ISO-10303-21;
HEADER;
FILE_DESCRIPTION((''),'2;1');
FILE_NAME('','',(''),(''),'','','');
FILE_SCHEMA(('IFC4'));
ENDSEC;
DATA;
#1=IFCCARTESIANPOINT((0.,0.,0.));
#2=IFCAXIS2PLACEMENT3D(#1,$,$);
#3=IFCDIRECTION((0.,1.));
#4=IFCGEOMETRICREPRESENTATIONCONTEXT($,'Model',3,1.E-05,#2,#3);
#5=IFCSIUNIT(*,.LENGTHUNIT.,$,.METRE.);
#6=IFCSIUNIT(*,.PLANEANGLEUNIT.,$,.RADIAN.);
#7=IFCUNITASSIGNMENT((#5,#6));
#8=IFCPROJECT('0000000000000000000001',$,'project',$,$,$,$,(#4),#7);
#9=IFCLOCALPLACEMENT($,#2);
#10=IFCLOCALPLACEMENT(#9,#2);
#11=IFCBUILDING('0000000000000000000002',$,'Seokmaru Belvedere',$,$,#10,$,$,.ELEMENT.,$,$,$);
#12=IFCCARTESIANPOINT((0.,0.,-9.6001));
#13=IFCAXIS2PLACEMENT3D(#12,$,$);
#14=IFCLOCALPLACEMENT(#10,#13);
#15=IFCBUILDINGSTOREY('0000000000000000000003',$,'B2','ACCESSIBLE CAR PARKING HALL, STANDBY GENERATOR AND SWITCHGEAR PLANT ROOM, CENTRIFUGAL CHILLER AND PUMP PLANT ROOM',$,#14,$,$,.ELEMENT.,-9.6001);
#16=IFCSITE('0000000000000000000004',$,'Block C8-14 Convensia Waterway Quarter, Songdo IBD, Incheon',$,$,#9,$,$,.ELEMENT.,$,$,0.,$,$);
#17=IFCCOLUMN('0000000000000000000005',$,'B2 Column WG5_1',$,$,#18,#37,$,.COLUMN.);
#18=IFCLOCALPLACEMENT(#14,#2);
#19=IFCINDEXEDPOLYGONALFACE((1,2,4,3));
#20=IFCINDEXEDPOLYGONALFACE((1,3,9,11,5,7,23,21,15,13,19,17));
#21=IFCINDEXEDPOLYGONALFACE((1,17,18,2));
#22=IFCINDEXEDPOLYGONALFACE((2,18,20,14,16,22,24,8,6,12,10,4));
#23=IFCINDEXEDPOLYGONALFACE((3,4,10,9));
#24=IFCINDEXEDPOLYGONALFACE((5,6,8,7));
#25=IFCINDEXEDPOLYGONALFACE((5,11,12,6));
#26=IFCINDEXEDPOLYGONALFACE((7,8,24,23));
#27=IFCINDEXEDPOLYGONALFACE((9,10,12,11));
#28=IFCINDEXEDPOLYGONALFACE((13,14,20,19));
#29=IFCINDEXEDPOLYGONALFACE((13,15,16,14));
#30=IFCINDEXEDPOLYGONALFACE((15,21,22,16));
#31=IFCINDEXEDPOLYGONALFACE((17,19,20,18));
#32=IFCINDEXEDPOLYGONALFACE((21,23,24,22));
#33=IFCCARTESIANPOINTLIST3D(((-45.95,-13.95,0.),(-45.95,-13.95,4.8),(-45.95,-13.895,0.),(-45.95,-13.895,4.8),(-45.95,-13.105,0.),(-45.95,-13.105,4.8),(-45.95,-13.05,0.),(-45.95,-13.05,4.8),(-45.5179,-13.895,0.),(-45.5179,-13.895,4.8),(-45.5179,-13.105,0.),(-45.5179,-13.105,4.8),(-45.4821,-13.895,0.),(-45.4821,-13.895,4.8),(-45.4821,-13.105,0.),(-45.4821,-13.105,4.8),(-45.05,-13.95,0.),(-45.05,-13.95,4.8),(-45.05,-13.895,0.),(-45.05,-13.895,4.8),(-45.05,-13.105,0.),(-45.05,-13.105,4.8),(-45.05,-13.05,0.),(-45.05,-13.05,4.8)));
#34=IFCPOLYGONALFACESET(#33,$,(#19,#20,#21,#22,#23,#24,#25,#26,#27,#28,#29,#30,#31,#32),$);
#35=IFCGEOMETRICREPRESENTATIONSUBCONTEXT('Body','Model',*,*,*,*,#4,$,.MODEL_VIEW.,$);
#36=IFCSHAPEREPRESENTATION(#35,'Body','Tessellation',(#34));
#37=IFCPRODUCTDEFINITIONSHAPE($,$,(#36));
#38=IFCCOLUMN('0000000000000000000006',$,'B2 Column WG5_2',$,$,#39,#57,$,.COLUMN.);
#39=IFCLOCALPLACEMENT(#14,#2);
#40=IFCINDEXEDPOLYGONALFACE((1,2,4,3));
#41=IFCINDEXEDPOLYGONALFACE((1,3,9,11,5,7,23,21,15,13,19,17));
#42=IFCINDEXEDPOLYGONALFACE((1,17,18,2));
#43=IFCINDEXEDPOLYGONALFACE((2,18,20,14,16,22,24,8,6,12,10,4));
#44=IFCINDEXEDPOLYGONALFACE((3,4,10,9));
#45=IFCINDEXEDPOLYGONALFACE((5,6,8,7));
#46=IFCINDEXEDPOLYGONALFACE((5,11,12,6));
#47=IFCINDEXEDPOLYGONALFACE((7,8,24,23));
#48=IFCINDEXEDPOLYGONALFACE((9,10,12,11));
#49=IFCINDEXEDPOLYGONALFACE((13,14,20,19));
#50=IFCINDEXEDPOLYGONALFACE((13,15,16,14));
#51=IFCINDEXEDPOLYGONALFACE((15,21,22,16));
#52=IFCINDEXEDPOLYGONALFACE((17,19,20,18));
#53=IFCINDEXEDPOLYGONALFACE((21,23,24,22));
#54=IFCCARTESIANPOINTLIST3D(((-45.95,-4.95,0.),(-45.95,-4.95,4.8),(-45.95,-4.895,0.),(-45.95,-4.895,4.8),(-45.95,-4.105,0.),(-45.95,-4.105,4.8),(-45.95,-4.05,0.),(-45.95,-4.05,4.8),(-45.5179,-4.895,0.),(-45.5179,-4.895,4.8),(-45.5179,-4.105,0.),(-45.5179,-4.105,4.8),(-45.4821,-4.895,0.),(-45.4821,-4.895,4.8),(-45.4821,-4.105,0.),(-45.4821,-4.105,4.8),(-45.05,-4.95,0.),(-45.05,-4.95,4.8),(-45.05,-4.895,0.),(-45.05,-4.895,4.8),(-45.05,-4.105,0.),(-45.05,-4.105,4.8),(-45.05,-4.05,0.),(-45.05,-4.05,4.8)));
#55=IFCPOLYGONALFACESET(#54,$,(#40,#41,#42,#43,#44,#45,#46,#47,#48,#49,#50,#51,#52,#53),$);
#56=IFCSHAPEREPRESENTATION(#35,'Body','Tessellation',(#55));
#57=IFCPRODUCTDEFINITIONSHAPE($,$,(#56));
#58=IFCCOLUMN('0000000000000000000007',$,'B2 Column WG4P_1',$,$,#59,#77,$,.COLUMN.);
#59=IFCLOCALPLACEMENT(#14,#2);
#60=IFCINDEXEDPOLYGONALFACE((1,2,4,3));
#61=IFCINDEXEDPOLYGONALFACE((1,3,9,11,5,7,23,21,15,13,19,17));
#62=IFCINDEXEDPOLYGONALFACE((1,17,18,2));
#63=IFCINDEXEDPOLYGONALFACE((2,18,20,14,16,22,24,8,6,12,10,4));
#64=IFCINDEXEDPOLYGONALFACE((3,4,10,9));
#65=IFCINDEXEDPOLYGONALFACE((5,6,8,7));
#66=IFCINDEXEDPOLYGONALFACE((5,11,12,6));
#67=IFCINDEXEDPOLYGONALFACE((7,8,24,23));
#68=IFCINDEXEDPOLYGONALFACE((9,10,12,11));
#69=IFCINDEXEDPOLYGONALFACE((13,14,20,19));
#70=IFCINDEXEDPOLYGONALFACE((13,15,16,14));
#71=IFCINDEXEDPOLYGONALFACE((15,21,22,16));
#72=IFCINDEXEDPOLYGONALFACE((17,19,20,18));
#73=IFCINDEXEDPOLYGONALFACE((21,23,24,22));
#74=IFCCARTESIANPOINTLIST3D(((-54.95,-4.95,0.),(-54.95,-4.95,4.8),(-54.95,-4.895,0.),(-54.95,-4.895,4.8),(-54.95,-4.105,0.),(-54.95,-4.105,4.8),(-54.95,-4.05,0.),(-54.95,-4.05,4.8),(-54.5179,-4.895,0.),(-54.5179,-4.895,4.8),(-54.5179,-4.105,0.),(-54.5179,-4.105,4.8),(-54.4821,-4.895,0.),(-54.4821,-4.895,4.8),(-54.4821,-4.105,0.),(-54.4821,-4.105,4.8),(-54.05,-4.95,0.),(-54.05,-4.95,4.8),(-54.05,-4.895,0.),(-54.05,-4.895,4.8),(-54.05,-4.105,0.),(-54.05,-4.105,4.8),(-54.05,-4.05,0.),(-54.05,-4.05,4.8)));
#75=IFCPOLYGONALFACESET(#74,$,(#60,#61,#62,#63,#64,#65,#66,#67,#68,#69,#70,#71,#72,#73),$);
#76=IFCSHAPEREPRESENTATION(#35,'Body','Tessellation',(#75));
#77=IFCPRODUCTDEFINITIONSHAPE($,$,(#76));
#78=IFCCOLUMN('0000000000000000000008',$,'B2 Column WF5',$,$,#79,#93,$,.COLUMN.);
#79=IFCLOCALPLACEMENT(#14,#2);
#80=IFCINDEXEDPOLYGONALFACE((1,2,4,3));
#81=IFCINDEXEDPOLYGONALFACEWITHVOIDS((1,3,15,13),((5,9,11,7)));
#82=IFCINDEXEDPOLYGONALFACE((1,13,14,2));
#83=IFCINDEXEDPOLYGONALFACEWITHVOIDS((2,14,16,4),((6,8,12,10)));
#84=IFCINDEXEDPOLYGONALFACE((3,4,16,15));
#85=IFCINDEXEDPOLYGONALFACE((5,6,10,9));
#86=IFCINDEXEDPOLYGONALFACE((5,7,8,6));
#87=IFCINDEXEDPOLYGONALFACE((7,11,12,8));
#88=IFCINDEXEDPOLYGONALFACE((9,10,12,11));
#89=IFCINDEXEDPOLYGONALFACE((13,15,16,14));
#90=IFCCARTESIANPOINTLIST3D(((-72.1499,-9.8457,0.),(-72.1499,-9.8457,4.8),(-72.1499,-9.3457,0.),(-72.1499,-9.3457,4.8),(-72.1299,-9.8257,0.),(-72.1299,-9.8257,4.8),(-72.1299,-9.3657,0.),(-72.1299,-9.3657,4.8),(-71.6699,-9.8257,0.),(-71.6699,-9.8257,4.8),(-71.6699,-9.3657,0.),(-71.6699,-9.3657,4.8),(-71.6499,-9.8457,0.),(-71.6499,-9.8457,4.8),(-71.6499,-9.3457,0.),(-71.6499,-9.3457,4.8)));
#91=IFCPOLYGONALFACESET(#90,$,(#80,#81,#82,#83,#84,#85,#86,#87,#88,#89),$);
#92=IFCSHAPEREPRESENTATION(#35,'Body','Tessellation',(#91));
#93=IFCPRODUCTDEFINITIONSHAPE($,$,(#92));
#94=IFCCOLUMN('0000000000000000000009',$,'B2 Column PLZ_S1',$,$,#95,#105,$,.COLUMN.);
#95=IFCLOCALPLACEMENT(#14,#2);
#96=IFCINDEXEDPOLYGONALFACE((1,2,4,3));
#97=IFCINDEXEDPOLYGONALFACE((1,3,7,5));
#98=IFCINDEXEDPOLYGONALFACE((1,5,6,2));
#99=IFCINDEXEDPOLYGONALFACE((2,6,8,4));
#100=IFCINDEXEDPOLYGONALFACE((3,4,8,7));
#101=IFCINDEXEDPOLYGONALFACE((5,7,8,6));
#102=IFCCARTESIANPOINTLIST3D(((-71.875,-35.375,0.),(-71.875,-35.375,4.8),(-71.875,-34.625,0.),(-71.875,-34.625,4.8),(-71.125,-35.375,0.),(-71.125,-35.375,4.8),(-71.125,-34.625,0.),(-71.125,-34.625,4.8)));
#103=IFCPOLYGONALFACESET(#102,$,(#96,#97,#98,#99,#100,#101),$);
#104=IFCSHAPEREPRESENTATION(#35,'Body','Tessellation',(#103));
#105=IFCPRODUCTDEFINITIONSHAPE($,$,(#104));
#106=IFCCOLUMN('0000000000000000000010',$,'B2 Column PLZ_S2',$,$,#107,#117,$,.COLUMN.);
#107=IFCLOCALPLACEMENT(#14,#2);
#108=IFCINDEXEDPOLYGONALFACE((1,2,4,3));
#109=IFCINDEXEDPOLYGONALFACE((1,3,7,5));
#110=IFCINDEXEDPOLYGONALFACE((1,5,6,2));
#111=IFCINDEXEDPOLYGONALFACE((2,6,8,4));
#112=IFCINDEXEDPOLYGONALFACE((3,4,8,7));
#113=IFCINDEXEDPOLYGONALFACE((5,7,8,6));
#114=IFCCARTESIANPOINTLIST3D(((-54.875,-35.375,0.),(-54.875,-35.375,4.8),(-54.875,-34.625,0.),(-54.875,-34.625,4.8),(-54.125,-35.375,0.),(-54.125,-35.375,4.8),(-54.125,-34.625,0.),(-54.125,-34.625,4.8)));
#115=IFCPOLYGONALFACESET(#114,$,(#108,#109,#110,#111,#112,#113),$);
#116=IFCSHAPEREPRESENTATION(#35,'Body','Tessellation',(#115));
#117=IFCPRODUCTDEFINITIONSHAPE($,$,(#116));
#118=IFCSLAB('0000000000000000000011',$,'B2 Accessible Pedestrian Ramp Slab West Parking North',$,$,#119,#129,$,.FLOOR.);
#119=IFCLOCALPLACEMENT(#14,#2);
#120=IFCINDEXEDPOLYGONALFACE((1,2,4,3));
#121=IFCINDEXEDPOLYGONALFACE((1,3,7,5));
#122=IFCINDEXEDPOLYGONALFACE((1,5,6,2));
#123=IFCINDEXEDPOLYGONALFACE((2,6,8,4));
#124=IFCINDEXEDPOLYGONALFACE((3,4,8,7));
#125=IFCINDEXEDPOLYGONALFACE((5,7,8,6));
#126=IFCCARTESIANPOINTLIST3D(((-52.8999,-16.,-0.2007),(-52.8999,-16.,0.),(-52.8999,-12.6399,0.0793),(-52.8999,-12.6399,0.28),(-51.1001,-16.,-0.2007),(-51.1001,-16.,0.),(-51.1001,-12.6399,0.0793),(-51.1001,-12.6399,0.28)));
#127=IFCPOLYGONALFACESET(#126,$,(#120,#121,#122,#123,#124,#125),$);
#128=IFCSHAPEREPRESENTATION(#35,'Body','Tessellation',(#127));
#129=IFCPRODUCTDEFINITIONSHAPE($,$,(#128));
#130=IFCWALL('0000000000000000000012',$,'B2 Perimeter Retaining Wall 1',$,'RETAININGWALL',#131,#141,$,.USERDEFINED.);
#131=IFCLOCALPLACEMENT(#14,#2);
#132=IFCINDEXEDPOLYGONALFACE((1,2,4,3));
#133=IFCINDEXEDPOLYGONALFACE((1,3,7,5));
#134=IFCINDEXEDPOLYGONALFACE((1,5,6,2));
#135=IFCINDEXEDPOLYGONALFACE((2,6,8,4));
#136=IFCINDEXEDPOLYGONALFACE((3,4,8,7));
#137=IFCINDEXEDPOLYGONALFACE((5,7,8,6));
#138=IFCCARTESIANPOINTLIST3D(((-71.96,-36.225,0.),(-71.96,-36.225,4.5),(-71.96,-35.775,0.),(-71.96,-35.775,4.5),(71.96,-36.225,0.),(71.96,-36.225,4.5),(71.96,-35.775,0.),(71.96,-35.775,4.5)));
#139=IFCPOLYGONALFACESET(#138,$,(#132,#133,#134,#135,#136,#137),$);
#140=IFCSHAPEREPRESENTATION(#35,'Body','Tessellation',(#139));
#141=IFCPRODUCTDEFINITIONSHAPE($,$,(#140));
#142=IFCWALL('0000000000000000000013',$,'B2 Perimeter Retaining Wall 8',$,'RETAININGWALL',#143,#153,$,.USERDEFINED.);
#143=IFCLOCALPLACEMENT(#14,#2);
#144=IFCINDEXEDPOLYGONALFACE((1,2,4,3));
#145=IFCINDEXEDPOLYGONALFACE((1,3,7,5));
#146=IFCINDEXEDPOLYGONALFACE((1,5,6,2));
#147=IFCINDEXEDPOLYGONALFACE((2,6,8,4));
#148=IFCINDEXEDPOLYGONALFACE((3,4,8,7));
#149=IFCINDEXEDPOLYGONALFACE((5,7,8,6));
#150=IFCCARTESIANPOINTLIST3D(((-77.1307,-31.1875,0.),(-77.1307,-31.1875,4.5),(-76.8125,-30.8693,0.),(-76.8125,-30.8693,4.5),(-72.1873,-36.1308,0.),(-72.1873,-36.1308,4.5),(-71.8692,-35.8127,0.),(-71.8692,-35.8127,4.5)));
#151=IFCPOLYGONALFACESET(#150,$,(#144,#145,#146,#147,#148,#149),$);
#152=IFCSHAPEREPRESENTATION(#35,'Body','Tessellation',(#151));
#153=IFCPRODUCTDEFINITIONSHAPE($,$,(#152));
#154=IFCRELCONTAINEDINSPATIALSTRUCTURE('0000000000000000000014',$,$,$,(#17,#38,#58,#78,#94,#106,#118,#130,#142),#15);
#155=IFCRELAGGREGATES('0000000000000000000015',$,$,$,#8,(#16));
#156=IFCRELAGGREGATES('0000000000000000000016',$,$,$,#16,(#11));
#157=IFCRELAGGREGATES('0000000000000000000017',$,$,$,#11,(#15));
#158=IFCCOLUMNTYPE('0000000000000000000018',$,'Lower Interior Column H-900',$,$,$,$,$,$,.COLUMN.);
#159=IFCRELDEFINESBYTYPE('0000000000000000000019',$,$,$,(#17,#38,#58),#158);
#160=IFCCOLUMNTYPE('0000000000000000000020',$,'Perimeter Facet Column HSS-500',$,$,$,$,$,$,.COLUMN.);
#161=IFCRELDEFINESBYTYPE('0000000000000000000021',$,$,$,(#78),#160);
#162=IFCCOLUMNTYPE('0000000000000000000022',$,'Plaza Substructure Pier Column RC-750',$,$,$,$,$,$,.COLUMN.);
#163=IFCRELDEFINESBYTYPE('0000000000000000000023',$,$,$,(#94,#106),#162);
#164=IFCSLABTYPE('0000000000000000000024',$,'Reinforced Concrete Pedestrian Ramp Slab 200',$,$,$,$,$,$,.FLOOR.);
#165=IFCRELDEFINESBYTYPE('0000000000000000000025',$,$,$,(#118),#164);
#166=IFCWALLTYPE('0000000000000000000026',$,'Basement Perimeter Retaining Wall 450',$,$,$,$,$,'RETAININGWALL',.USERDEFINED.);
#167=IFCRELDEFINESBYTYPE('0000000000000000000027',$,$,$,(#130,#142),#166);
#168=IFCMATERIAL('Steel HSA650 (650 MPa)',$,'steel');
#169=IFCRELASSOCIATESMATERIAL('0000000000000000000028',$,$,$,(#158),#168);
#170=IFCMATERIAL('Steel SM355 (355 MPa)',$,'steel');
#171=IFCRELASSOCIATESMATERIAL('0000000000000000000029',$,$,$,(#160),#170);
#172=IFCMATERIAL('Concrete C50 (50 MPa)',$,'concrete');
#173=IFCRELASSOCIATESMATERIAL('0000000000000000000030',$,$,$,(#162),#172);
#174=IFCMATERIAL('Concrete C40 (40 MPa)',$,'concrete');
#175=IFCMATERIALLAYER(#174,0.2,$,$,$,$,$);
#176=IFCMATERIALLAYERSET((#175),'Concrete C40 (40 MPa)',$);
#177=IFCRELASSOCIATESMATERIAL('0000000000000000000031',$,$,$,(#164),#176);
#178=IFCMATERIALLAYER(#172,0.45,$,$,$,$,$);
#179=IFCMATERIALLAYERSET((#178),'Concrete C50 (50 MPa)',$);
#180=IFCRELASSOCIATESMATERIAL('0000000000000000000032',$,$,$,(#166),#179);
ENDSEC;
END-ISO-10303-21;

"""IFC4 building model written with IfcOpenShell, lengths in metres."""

from ifc_helpers import new_model, si_unit, direction, frame, frame_2d, origin, origin_2d, place, context, subcontext, project, spatial, polyline, rectangle, hollow_rectangle, i_section, outline, extrude, source, transform, mapped, material, layer, layer_set, material_profile, profile_set, type_object, type_shapes, element, save


model = new_model("IFC4")

# Units and contexts
model_context = context("Model", 3, precision=1e-05, world=origin(), true_north=direction((0.0, 1.0)))
body_context = subcontext(model_context, "Body", "Model", "MODEL_VIEW")
ifc_project = project(units=[si_unit("LENGTHUNIT", "METRE"), si_unit("PLANEANGLEUNIT", "RADIAN")], contexts=[model_context])

# Site, building, storey
site_placement = place(None, origin())
site = spatial("IfcSite", under=ifc_project, at=site_placement, Name="Block C8-14 Convensia Waterway Quarter, Songdo IBD, Incheon", CompositionType="ELEMENT", RefElevation=0.0)
building_placement = place(site_placement, origin())
building = spatial("IfcBuilding", under=site, at=building_placement, Name="Seokmaru Belvedere", CompositionType="ELEMENT")
storey_placement = place(building_placement, frame((0.0, 0.0, -9.6001)))
storey = spatial("IfcBuildingStorey", under=building, at=storey_placement, Name="B2", Description="ACCESSIBLE CAR PARKING HALL, STANDBY GENERATOR AND SWITCHGEAR PLANT ROOM, CENTRIFUGAL CHILLER AND PUMP PLANT ROOM", CompositionType="ELEMENT", Elevation=-9.6001)

# Shared definitions
ifc_material_1 = material(Name="Concrete C50 (50 MPa)", Category="concrete")

# Shared definitions
ifc_material_2 = material(Name="Concrete C40 (40 MPa)", Category="concrete")

# Columns
ifc_material_3 = material(Name="Steel HSA650 (650 MPa)", Category="steel")
ifc_material_profile_1 = material_profile(ifc_material_3, i_section(OverallWidth=0.8999, OverallDepth=0.8999, WebThickness=0.0359, FlangeThickness=0.0549, at=origin_2d()), Name="H-900x900x36x55")
ifc_profile_set_1 = profile_set([ifc_material_profile_1], Name="Steel HSA650 (650 MPa)")
column_type_1 = type_object("IfcColumnType", Name="Lower Interior Column H-900", PredefinedType="COLUMN", material=ifc_profile_set_1)
shared_shape_1 = source(origin(), body_context, "Body", "SweptSolid", [
    extrude(i_section(OverallWidth=0.8999, OverallDepth=0.8999, WebThickness=0.0359, FlangeThickness=0.0549, at=origin_2d()), origin(), (0.0, 0.0, 1.0), 4.8),
])
type_shapes(column_type_1, [shared_shape_1])
for number, where, z_axis, x_axis, name in (
    (1, (-45.5, -13.5, 0.0), (0.0, 0.0, 1.0), (1.0, 0.0, 0.0), "B2 Column WG5_1"),
    (2, (-45.5, -4.5, 0.0), (0.0, 0.0, 1.0), (1.0, 0.0, 0.0), "B2 Column WG5_2"),
    (3, (-54.5, -4.5, 0.0), (0.0, 0.0, 1.0), (1.0, 0.0, 0.0), "B2 Column WG4P_1"),
):
    element("IfcColumn", number, at=place(storey_placement, frame(where, z_axis=z_axis, x_axis=x_axis)), inside=storey, type_object=column_type_1, Name=name, PredefinedType="COLUMN", context=body_context, shape_type="MappedRepresentation", body=[
        mapped(shared_shape_1, transform((0.0, 0.0, 0.0), scale=1.0)),
    ])
ifc_material_4 = material(Name="Steel SM355 (355 MPa)", Category="steel")
ifc_material_profile_2 = material_profile(ifc_material_4, hollow_rectangle(XDim=0.5, YDim=0.5, WallThickness=0.02, at=origin_2d()), Name="HSS-500x500x20")
ifc_profile_set_2 = profile_set([ifc_material_profile_2], Name="Steel SM355 (355 MPa)")
column_type_2 = type_object("IfcColumnType", Name="Perimeter Facet Column HSS-500", PredefinedType="COLUMN", material=ifc_profile_set_2)
shared_shape_2 = source(origin(), body_context, "Body", "SweptSolid", [
    extrude(hollow_rectangle(XDim=0.5, YDim=0.5, WallThickness=0.02, at=origin_2d()), origin(), (0.0, 0.0, 1.0), 4.8),
])
type_shapes(column_type_2, [shared_shape_2])
column_1_placement = place(storey_placement, frame((-71.8999, -9.5957, 0.0), z_axis=(0.0, 0.0, 1.0), x_axis=(1.0, 0.0, 0.0)))
element("IfcColumn", 4, at=column_1_placement, inside=storey, type_object=column_type_2, Name="B2 Column WF5", PredefinedType="COLUMN", context=body_context, shape_type="MappedRepresentation", body=[
    mapped(shared_shape_2, transform((0.0, 0.0, 0.0), scale=1.0)),
])
ifc_material_profile_3 = material_profile(ifc_material_1, rectangle(XDim=0.75, YDim=0.75, at=origin_2d()), Name="RC-750x750")
ifc_profile_set_3 = profile_set([ifc_material_profile_3], Name="Concrete C50 (50 MPa)")
column_type_3 = type_object("IfcColumnType", Name="Plaza Substructure Pier Column RC-750", PredefinedType="COLUMN", material=ifc_profile_set_3)
shared_shape_3 = source(origin(), body_context, "Body", "SweptSolid", [
    extrude(rectangle(XDim=0.75, YDim=0.75, at=origin_2d()), origin(), (0.0, 0.0, 1.0), 4.8),
])
type_shapes(column_type_3, [shared_shape_3])
for number, where, z_axis, x_axis, name in (
    (5, (-71.5, -35.0, 0.0), (0.0, 0.0, 1.0), (1.0, 0.0, 0.0), "B2 Column PLZ_S1"),
    (6, (-54.5, -35.0, 0.0), (0.0, 0.0, 1.0), (1.0, 0.0, 0.0), "B2 Column PLZ_S2"),
):
    element("IfcColumn", number, at=place(storey_placement, frame(where, z_axis=z_axis, x_axis=x_axis)), inside=storey, type_object=column_type_3, Name=name, PredefinedType="COLUMN", context=body_context, shape_type="MappedRepresentation", body=[
        mapped(shared_shape_3, transform((0.0, 0.0, 0.0), scale=1.0)),
    ])

# Slab
ifc_layer_1 = layer(ifc_material_2, 0.2)
ifc_layer_set_1 = layer_set([ifc_layer_1], Name="Concrete C40 (40 MPa)")
slab_type = type_object("IfcSlabType", Name="Reinforced Concrete Pedestrian Ramp Slab 200", PredefinedType="FLOOR", material=ifc_layer_set_1)
slab_placement = place(storey_placement, frame((-52.0, -16.0, 0.0), z_axis=(0.0, 0.0, 1.0), x_axis=(0.0, 1.0, 0.0)))
element("IfcSlab", 7, at=slab_placement, inside=storey, type_object=slab_type, Name="B2 Accessible Pedestrian Ramp Slab West Parking North", PredefinedType="FLOOR", context=body_context, shape_type="SweptSolid", body=[
    extrude(outline(polyline([(0.0, 0.0), (3.3601, 0.28), (3.3601, 0.0793), (0.0, -0.2007), (0.0, 0.0)])), frame((0.0, 0.8999, 0.0), z_axis=(0.0, -1.0, 0.0), x_axis=(1.0, 0.0, 0.0)), (0.0, 0.0, 1.0), 1.7998),
])

# Walls
ifc_layer_2 = layer(ifc_material_1, 0.45)
ifc_layer_set_2 = layer_set([ifc_layer_2], Name="Concrete C50 (50 MPa)")
wall_type = type_object("IfcWallType", Name="Basement Perimeter Retaining Wall 450", ElementType="RETAININGWALL", PredefinedType="USERDEFINED", material=ifc_layer_set_2)
wall_1_placement = place(storey_placement, frame((-71.96, -36.0, 0.0), z_axis=(0.0, 0.0, 1.0), x_axis=(1.0, 0.0, 0.0)))
element("IfcWall", 8, at=wall_1_placement, inside=storey, type_object=wall_type, Name="B2 Perimeter Retaining Wall 1", ObjectType="RETAININGWALL", PredefinedType="USERDEFINED", context=body_context, shape_type="SweptSolid", body=[
    extrude(rectangle(XDim=143.9199, YDim=0.45, at=frame_2d((71.96, 0.0))), origin(), (0.0, 0.0, 1.0), 4.5),
])
wall_2_placement = place(storey_placement, frame((-76.9717, -31.0283, 0.0), z_axis=(0.0, 0.0, 1.0), x_axis=(0.707107, -0.707107, 0.0)))
element("IfcWall", 9, at=wall_2_placement, inside=storey, type_object=wall_type, Name="B2 Perimeter Retaining Wall 8", ObjectType="RETAININGWALL", PredefinedType="USERDEFINED", context=body_context, shape_type="SweptSolid", body=[
    extrude(rectangle(XDim=6.991, YDim=0.45, at=frame_2d((3.4956, 0.0))), origin(), (0.0, 0.0, 1.0), 4.5),
])

save(model, "model.ifc")
